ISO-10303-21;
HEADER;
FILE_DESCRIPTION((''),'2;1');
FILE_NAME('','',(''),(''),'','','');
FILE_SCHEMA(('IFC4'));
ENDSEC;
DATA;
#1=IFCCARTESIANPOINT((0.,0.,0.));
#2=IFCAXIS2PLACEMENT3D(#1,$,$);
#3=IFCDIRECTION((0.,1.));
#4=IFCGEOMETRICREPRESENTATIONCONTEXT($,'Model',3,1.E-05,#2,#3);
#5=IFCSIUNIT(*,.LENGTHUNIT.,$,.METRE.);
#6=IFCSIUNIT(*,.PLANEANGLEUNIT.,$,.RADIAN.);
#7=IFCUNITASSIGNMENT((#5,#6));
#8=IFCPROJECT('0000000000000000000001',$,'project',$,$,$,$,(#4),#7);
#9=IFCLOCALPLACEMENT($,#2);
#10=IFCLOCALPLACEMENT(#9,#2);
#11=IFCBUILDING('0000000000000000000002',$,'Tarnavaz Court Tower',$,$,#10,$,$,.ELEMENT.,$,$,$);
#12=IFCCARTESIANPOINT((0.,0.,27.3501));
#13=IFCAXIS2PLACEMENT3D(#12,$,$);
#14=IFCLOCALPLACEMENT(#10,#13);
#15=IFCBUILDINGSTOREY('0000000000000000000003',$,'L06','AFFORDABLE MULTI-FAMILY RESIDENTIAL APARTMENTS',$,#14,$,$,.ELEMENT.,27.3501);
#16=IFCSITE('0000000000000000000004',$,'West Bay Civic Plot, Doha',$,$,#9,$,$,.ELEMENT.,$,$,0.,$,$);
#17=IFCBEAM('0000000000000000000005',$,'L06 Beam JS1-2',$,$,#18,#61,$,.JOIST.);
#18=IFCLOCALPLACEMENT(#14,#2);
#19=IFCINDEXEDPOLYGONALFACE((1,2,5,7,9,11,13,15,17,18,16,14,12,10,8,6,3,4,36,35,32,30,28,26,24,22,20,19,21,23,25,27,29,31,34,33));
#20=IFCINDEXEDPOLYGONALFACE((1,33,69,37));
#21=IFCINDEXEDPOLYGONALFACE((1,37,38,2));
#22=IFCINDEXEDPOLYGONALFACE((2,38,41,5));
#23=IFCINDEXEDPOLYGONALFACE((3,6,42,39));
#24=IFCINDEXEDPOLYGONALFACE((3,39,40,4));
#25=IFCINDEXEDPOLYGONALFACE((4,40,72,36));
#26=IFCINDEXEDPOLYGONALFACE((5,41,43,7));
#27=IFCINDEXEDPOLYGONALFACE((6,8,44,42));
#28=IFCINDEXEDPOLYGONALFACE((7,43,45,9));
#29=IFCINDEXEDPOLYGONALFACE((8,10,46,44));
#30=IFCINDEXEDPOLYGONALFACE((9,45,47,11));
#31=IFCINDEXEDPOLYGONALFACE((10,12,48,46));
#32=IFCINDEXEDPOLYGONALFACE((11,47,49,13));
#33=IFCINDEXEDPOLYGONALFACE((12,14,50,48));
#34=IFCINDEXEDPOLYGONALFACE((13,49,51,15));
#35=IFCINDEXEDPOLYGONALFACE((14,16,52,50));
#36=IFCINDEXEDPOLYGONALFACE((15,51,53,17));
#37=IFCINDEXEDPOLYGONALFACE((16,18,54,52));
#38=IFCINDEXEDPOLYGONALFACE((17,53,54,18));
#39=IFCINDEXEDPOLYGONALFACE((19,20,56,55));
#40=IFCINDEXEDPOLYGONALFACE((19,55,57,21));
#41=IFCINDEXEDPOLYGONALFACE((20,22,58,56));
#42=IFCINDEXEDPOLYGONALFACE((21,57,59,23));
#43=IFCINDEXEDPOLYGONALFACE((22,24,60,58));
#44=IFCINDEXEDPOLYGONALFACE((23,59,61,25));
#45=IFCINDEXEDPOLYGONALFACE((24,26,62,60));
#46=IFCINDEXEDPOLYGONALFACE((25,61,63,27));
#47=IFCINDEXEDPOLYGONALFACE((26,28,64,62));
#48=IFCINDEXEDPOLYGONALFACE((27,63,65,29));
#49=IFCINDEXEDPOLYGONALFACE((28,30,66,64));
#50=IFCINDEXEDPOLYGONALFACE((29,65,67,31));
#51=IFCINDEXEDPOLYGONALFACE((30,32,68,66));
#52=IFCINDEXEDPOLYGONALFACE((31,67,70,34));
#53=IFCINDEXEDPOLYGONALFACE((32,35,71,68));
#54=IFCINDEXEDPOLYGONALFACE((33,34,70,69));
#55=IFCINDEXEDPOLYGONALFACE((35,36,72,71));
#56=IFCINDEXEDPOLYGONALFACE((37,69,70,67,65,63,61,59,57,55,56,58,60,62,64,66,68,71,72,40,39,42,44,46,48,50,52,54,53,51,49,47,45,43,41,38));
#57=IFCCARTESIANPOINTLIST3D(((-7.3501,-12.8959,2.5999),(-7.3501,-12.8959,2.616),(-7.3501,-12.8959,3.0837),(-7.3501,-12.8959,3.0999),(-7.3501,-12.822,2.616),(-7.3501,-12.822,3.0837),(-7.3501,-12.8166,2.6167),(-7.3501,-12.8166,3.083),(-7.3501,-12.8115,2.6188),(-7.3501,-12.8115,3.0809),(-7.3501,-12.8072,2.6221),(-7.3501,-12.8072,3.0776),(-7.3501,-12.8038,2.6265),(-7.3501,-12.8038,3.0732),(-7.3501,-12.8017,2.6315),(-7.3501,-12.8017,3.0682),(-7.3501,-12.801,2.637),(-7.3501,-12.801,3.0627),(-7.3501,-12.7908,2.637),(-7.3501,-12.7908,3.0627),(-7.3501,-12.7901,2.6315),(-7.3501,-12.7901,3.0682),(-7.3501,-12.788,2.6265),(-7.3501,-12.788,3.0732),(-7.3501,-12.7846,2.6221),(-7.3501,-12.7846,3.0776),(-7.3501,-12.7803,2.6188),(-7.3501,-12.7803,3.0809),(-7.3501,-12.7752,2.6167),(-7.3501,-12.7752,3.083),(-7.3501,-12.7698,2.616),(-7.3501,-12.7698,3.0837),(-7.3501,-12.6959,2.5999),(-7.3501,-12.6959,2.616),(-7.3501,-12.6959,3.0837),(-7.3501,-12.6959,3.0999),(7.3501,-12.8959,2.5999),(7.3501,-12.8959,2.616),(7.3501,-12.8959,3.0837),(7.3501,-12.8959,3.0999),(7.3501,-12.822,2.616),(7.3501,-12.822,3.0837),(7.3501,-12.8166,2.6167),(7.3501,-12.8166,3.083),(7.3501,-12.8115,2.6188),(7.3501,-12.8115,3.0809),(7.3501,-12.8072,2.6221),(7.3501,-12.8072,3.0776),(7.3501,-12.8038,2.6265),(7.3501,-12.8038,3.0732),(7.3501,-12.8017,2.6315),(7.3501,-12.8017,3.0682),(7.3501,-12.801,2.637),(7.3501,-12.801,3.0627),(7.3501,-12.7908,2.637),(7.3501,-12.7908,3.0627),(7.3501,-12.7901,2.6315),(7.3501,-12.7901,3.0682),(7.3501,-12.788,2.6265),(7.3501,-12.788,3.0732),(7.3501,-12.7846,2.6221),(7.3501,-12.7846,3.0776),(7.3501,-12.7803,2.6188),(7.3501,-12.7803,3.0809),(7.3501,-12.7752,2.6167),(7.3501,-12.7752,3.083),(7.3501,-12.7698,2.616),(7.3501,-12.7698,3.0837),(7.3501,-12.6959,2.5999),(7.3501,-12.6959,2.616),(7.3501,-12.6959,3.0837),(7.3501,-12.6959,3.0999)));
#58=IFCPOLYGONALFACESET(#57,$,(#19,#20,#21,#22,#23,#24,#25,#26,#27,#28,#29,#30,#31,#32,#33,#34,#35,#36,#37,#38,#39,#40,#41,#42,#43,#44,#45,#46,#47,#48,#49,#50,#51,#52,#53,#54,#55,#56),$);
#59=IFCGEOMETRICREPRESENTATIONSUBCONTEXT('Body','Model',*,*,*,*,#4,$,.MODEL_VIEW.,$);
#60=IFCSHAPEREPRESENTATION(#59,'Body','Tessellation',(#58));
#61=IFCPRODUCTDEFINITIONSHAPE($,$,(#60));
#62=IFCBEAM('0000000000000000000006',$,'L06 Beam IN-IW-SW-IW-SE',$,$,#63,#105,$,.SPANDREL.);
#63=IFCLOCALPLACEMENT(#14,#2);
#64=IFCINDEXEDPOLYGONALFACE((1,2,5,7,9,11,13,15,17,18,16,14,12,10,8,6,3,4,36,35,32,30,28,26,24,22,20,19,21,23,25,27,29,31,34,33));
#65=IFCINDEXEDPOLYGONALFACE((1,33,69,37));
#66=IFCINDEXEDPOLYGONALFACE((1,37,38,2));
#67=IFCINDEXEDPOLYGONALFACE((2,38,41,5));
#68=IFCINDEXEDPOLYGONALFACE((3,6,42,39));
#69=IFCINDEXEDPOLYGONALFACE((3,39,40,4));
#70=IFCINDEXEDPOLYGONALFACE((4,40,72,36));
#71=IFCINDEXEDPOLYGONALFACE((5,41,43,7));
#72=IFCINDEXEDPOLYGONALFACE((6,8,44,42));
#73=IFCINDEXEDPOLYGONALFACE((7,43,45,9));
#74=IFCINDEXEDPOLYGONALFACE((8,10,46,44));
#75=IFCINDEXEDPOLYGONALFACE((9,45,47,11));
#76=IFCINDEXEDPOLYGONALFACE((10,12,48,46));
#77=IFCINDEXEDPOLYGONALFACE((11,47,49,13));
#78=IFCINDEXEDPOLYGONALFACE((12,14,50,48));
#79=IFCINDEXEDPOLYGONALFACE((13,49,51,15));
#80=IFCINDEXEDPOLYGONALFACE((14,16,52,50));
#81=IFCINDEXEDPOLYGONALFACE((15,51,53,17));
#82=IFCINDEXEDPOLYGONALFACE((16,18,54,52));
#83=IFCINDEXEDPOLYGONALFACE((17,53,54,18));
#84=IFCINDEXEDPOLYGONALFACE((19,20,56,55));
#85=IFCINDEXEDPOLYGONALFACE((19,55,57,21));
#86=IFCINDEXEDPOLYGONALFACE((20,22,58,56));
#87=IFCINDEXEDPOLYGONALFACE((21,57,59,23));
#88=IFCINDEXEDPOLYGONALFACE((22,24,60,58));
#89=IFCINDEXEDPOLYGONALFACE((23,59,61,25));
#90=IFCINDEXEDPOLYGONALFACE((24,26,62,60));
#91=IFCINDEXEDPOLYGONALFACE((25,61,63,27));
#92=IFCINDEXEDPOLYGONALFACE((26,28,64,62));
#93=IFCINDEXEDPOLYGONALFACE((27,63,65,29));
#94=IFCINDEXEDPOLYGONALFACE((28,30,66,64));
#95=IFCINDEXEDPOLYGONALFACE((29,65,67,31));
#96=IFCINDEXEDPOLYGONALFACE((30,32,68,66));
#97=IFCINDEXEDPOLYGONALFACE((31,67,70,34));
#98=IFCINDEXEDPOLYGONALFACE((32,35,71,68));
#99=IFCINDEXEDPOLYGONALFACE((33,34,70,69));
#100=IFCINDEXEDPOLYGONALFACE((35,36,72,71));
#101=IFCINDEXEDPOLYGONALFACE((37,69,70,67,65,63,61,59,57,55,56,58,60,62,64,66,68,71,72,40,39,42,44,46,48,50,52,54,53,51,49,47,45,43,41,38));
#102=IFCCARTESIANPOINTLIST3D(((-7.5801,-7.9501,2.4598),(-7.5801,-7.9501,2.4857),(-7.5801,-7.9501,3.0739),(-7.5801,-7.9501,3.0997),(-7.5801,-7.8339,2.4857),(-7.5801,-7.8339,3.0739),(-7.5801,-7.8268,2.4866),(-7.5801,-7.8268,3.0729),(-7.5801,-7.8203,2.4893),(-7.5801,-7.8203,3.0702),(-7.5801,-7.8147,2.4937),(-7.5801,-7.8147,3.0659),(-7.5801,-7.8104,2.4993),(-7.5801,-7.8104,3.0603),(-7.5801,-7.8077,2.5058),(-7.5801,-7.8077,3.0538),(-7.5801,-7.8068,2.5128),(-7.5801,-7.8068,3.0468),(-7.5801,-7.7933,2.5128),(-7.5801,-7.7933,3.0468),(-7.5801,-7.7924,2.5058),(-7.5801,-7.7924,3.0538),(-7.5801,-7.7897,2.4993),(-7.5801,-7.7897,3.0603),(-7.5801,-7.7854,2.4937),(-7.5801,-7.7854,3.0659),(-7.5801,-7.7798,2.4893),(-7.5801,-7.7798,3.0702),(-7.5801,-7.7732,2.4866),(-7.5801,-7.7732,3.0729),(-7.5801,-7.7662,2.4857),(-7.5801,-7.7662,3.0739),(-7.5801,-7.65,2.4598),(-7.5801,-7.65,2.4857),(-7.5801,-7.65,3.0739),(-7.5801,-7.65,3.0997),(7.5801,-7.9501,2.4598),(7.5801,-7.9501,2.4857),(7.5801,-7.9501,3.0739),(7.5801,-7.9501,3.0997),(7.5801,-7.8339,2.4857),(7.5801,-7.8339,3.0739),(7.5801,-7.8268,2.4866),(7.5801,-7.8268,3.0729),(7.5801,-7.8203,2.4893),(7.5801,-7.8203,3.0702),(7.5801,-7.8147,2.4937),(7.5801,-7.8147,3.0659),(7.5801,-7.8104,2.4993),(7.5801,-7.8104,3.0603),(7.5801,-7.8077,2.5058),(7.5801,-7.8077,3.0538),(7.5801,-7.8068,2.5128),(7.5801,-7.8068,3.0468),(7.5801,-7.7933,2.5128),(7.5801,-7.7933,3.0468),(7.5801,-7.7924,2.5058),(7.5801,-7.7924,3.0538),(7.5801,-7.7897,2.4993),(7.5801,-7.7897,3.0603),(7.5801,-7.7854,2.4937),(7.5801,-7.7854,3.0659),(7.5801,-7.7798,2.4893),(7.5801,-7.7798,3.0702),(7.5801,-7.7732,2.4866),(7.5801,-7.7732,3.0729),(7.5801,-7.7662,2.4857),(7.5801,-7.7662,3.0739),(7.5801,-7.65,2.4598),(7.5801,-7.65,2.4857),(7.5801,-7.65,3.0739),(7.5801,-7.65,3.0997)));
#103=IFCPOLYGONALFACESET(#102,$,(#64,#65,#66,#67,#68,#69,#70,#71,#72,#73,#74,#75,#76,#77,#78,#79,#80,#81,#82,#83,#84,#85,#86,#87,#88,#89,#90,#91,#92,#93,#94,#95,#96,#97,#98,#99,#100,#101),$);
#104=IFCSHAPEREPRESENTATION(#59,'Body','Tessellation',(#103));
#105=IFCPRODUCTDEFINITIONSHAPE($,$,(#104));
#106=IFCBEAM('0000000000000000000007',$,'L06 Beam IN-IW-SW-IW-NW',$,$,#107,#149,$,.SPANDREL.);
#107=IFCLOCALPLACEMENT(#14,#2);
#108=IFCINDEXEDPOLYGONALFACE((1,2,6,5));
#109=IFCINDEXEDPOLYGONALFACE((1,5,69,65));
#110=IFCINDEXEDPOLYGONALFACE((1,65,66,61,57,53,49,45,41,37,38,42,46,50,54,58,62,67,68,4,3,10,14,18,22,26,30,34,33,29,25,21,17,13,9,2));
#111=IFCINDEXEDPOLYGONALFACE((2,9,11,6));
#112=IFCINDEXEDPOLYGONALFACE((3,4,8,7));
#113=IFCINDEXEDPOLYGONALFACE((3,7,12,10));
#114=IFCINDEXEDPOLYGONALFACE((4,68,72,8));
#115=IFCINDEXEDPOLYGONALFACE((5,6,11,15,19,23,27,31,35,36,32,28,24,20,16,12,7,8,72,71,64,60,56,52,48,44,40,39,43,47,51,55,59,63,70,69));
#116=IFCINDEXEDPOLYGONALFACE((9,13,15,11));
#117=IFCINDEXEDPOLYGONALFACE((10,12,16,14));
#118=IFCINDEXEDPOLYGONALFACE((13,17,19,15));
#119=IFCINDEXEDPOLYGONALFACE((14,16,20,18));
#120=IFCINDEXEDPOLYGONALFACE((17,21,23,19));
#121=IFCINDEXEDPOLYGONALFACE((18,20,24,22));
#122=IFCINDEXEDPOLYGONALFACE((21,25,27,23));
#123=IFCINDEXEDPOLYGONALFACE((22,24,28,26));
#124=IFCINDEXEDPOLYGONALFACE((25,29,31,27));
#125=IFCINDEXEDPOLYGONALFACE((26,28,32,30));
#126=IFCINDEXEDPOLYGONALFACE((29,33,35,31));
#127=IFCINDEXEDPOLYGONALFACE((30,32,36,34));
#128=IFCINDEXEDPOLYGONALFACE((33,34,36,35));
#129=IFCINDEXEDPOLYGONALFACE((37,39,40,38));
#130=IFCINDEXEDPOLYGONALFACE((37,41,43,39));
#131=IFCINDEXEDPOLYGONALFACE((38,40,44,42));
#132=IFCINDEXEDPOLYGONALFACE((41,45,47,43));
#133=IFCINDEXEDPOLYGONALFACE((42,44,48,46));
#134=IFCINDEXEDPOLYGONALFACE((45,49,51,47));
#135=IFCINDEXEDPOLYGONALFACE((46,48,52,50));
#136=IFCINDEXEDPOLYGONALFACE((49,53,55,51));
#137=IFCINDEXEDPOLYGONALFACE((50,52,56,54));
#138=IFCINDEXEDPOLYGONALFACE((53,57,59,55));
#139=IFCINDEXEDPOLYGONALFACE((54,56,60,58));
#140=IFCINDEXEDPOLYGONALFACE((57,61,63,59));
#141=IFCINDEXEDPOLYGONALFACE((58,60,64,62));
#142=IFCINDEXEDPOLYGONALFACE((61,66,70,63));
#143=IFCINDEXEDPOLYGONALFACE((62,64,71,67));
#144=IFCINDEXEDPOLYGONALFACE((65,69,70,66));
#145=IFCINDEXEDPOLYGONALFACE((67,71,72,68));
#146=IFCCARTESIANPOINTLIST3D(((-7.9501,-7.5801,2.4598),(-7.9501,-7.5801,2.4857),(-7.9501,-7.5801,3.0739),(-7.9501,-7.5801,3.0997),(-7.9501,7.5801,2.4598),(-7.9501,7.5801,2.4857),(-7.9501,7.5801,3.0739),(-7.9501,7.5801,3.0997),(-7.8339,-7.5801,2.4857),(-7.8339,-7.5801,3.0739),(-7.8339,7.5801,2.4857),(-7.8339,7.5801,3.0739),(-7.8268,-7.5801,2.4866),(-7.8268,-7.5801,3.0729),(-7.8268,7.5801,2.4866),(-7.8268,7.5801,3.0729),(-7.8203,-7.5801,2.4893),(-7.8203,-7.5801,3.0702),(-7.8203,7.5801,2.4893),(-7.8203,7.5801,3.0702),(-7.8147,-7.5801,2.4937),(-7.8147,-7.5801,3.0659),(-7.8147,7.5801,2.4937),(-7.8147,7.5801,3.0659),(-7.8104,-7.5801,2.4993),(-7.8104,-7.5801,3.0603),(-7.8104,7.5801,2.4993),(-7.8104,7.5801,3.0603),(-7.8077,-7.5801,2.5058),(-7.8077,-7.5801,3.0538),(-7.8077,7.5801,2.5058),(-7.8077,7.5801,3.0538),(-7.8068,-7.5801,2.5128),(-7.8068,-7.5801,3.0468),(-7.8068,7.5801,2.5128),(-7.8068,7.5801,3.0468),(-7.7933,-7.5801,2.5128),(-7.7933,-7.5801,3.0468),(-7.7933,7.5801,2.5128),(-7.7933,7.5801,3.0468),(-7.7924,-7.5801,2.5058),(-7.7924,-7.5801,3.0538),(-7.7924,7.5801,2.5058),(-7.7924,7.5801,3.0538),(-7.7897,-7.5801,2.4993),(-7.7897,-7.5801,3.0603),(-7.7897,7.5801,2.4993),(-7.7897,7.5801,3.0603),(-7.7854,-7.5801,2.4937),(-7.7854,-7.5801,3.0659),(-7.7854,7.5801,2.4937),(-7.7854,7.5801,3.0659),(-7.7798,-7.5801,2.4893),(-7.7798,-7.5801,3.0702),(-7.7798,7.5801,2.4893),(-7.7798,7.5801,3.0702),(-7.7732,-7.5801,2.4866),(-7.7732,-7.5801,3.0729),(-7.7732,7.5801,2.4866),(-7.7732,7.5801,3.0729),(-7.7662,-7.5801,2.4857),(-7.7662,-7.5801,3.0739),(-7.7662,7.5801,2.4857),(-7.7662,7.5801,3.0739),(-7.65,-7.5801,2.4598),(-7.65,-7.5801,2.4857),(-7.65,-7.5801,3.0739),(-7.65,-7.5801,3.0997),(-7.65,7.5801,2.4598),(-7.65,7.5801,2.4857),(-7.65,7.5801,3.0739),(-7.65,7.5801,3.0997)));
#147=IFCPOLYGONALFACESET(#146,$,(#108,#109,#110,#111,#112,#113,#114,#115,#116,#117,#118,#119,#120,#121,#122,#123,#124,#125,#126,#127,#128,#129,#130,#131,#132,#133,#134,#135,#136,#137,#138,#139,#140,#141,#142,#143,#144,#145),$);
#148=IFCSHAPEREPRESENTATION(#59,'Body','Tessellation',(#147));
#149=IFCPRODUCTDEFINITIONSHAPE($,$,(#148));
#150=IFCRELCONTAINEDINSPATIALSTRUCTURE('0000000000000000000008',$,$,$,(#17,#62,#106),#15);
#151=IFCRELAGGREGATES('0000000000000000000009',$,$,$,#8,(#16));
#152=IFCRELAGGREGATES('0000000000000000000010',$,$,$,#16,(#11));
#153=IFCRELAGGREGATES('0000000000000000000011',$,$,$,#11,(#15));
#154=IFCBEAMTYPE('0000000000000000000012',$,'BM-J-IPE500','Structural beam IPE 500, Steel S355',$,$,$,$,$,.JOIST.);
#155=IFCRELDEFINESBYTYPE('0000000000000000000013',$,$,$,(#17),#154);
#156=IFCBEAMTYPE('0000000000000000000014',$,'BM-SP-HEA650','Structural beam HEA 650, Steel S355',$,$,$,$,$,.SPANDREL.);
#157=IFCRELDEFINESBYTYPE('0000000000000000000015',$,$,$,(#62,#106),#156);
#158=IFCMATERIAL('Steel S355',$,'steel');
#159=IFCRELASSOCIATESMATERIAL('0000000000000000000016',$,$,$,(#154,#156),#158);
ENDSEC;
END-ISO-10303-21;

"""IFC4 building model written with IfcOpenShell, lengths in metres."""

from ifc_helpers import new_model, si_unit, direction, frame, origin, origin_2d, place, context, subcontext, project, spatial, i_section, extrude, material, material_profile, profile_set, type_object, element, save


model = new_model("IFC4")

# Units and contexts
model_context = context("Model", 3, precision=1e-05, world=origin(), true_north=direction((0.0, 1.0)))
body_context = subcontext(model_context, "Body", "Model", "MODEL_VIEW")
ifc_project = project(units=[si_unit("LENGTHUNIT", "METRE"), si_unit("PLANEANGLEUNIT", "RADIAN")], contexts=[model_context])

# Site, building, storey
site_placement = place(None, origin())
site = spatial("IfcSite", under=ifc_project, at=site_placement, Name="West Bay Civic Plot, Doha", CompositionType="ELEMENT", RefElevation=0.0)
building_placement = place(site_placement, origin())
building = spatial("IfcBuilding", under=site, at=building_placement, Name="Tarnavaz Court Tower", CompositionType="ELEMENT")
storey_placement = place(building_placement, frame((0.0, 0.0, 27.3501)))
storey = spatial("IfcBuildingStorey", under=building, at=storey_placement, Name="L06", Description="AFFORDABLE MULTI-FAMILY RESIDENTIAL APARTMENTS", CompositionType="ELEMENT", Elevation=27.3501)

# Beams
ifc_material_1 = material(Name="Steel S355", Category="steel")
ifc_material_profile_1 = material_profile(ifc_material_1, i_section(OverallWidth=0.2, OverallDepth=0.5, WebThickness=0.0103, FlangeThickness=0.0161, FilletRadius=0.021, at=origin_2d()), Name="IPE 500")
ifc_profile_set_1 = profile_set([ifc_material_profile_1], Name="Steel S355")
beam_type_1 = type_object("IfcBeamType", Name="BM-J-IPE500", Description="Structural beam IPE 500, Steel S355", PredefinedType="JOIST", material=ifc_profile_set_1)
beam_1_placement = place(storey_placement, frame((-7.3501, -12.7959, 2.8499), z_axis=(1.0, 0.0, 0.0), x_axis=(0.0, 1.0, 0.0)))
element("IfcBeam", 1, at=beam_1_placement, inside=storey, type_object=beam_type_1, Name="L06 Beam JS1-2", PredefinedType="JOIST", context=body_context, shape_type="SweptSolid", body=[
    extrude(i_section(OverallWidth=0.2, OverallDepth=0.5, WebThickness=0.0103, FlangeThickness=0.0161, FilletRadius=0.021, at=origin_2d()), origin(), (0.0, 0.0, 1.0), 14.7002),
])
ifc_material_profile_2 = material_profile(ifc_material_1, i_section(OverallWidth=0.3, OverallDepth=0.6399, WebThickness=0.0134, FlangeThickness=0.0259, FilletRadius=0.0271, at=origin_2d()), Name="HEA 650")
ifc_profile_set_2 = profile_set([ifc_material_profile_2], Name="Steel S355")
beam_type_2 = type_object("IfcBeamType", Name="BM-SP-HEA650", Description="Structural beam HEA 650, Steel S355", PredefinedType="SPANDREL", material=ifc_profile_set_2)
for number, where, z_axis, x_axis, name in (
    (2, (-7.5801, -7.8, 2.7798), (1.0, 0.0, 0.0), (0.0, 1.0, 0.0), "L06 Beam IN-IW-SW-IW-SE"),
    (3, (-7.8, -7.5801, 2.7798), (0.0, 1.0, 0.0), (-1.0, 0.0, 0.0), "L06 Beam IN-IW-SW-IW-NW"),
):
    element("IfcBeam", number, at=place(storey_placement, frame(where, z_axis=z_axis, x_axis=x_axis)), inside=storey, type_object=beam_type_2, Name=name, PredefinedType="SPANDREL", context=body_context, shape_type="SweptSolid", body=[
        extrude(i_section(OverallWidth=0.3, OverallDepth=0.6399, WebThickness=0.0134, FlangeThickness=0.0259, FilletRadius=0.0271, at=origin_2d()), origin(), (0.0, 0.0, 1.0), 15.1602),
    ])

save(model, "model.ifc")
